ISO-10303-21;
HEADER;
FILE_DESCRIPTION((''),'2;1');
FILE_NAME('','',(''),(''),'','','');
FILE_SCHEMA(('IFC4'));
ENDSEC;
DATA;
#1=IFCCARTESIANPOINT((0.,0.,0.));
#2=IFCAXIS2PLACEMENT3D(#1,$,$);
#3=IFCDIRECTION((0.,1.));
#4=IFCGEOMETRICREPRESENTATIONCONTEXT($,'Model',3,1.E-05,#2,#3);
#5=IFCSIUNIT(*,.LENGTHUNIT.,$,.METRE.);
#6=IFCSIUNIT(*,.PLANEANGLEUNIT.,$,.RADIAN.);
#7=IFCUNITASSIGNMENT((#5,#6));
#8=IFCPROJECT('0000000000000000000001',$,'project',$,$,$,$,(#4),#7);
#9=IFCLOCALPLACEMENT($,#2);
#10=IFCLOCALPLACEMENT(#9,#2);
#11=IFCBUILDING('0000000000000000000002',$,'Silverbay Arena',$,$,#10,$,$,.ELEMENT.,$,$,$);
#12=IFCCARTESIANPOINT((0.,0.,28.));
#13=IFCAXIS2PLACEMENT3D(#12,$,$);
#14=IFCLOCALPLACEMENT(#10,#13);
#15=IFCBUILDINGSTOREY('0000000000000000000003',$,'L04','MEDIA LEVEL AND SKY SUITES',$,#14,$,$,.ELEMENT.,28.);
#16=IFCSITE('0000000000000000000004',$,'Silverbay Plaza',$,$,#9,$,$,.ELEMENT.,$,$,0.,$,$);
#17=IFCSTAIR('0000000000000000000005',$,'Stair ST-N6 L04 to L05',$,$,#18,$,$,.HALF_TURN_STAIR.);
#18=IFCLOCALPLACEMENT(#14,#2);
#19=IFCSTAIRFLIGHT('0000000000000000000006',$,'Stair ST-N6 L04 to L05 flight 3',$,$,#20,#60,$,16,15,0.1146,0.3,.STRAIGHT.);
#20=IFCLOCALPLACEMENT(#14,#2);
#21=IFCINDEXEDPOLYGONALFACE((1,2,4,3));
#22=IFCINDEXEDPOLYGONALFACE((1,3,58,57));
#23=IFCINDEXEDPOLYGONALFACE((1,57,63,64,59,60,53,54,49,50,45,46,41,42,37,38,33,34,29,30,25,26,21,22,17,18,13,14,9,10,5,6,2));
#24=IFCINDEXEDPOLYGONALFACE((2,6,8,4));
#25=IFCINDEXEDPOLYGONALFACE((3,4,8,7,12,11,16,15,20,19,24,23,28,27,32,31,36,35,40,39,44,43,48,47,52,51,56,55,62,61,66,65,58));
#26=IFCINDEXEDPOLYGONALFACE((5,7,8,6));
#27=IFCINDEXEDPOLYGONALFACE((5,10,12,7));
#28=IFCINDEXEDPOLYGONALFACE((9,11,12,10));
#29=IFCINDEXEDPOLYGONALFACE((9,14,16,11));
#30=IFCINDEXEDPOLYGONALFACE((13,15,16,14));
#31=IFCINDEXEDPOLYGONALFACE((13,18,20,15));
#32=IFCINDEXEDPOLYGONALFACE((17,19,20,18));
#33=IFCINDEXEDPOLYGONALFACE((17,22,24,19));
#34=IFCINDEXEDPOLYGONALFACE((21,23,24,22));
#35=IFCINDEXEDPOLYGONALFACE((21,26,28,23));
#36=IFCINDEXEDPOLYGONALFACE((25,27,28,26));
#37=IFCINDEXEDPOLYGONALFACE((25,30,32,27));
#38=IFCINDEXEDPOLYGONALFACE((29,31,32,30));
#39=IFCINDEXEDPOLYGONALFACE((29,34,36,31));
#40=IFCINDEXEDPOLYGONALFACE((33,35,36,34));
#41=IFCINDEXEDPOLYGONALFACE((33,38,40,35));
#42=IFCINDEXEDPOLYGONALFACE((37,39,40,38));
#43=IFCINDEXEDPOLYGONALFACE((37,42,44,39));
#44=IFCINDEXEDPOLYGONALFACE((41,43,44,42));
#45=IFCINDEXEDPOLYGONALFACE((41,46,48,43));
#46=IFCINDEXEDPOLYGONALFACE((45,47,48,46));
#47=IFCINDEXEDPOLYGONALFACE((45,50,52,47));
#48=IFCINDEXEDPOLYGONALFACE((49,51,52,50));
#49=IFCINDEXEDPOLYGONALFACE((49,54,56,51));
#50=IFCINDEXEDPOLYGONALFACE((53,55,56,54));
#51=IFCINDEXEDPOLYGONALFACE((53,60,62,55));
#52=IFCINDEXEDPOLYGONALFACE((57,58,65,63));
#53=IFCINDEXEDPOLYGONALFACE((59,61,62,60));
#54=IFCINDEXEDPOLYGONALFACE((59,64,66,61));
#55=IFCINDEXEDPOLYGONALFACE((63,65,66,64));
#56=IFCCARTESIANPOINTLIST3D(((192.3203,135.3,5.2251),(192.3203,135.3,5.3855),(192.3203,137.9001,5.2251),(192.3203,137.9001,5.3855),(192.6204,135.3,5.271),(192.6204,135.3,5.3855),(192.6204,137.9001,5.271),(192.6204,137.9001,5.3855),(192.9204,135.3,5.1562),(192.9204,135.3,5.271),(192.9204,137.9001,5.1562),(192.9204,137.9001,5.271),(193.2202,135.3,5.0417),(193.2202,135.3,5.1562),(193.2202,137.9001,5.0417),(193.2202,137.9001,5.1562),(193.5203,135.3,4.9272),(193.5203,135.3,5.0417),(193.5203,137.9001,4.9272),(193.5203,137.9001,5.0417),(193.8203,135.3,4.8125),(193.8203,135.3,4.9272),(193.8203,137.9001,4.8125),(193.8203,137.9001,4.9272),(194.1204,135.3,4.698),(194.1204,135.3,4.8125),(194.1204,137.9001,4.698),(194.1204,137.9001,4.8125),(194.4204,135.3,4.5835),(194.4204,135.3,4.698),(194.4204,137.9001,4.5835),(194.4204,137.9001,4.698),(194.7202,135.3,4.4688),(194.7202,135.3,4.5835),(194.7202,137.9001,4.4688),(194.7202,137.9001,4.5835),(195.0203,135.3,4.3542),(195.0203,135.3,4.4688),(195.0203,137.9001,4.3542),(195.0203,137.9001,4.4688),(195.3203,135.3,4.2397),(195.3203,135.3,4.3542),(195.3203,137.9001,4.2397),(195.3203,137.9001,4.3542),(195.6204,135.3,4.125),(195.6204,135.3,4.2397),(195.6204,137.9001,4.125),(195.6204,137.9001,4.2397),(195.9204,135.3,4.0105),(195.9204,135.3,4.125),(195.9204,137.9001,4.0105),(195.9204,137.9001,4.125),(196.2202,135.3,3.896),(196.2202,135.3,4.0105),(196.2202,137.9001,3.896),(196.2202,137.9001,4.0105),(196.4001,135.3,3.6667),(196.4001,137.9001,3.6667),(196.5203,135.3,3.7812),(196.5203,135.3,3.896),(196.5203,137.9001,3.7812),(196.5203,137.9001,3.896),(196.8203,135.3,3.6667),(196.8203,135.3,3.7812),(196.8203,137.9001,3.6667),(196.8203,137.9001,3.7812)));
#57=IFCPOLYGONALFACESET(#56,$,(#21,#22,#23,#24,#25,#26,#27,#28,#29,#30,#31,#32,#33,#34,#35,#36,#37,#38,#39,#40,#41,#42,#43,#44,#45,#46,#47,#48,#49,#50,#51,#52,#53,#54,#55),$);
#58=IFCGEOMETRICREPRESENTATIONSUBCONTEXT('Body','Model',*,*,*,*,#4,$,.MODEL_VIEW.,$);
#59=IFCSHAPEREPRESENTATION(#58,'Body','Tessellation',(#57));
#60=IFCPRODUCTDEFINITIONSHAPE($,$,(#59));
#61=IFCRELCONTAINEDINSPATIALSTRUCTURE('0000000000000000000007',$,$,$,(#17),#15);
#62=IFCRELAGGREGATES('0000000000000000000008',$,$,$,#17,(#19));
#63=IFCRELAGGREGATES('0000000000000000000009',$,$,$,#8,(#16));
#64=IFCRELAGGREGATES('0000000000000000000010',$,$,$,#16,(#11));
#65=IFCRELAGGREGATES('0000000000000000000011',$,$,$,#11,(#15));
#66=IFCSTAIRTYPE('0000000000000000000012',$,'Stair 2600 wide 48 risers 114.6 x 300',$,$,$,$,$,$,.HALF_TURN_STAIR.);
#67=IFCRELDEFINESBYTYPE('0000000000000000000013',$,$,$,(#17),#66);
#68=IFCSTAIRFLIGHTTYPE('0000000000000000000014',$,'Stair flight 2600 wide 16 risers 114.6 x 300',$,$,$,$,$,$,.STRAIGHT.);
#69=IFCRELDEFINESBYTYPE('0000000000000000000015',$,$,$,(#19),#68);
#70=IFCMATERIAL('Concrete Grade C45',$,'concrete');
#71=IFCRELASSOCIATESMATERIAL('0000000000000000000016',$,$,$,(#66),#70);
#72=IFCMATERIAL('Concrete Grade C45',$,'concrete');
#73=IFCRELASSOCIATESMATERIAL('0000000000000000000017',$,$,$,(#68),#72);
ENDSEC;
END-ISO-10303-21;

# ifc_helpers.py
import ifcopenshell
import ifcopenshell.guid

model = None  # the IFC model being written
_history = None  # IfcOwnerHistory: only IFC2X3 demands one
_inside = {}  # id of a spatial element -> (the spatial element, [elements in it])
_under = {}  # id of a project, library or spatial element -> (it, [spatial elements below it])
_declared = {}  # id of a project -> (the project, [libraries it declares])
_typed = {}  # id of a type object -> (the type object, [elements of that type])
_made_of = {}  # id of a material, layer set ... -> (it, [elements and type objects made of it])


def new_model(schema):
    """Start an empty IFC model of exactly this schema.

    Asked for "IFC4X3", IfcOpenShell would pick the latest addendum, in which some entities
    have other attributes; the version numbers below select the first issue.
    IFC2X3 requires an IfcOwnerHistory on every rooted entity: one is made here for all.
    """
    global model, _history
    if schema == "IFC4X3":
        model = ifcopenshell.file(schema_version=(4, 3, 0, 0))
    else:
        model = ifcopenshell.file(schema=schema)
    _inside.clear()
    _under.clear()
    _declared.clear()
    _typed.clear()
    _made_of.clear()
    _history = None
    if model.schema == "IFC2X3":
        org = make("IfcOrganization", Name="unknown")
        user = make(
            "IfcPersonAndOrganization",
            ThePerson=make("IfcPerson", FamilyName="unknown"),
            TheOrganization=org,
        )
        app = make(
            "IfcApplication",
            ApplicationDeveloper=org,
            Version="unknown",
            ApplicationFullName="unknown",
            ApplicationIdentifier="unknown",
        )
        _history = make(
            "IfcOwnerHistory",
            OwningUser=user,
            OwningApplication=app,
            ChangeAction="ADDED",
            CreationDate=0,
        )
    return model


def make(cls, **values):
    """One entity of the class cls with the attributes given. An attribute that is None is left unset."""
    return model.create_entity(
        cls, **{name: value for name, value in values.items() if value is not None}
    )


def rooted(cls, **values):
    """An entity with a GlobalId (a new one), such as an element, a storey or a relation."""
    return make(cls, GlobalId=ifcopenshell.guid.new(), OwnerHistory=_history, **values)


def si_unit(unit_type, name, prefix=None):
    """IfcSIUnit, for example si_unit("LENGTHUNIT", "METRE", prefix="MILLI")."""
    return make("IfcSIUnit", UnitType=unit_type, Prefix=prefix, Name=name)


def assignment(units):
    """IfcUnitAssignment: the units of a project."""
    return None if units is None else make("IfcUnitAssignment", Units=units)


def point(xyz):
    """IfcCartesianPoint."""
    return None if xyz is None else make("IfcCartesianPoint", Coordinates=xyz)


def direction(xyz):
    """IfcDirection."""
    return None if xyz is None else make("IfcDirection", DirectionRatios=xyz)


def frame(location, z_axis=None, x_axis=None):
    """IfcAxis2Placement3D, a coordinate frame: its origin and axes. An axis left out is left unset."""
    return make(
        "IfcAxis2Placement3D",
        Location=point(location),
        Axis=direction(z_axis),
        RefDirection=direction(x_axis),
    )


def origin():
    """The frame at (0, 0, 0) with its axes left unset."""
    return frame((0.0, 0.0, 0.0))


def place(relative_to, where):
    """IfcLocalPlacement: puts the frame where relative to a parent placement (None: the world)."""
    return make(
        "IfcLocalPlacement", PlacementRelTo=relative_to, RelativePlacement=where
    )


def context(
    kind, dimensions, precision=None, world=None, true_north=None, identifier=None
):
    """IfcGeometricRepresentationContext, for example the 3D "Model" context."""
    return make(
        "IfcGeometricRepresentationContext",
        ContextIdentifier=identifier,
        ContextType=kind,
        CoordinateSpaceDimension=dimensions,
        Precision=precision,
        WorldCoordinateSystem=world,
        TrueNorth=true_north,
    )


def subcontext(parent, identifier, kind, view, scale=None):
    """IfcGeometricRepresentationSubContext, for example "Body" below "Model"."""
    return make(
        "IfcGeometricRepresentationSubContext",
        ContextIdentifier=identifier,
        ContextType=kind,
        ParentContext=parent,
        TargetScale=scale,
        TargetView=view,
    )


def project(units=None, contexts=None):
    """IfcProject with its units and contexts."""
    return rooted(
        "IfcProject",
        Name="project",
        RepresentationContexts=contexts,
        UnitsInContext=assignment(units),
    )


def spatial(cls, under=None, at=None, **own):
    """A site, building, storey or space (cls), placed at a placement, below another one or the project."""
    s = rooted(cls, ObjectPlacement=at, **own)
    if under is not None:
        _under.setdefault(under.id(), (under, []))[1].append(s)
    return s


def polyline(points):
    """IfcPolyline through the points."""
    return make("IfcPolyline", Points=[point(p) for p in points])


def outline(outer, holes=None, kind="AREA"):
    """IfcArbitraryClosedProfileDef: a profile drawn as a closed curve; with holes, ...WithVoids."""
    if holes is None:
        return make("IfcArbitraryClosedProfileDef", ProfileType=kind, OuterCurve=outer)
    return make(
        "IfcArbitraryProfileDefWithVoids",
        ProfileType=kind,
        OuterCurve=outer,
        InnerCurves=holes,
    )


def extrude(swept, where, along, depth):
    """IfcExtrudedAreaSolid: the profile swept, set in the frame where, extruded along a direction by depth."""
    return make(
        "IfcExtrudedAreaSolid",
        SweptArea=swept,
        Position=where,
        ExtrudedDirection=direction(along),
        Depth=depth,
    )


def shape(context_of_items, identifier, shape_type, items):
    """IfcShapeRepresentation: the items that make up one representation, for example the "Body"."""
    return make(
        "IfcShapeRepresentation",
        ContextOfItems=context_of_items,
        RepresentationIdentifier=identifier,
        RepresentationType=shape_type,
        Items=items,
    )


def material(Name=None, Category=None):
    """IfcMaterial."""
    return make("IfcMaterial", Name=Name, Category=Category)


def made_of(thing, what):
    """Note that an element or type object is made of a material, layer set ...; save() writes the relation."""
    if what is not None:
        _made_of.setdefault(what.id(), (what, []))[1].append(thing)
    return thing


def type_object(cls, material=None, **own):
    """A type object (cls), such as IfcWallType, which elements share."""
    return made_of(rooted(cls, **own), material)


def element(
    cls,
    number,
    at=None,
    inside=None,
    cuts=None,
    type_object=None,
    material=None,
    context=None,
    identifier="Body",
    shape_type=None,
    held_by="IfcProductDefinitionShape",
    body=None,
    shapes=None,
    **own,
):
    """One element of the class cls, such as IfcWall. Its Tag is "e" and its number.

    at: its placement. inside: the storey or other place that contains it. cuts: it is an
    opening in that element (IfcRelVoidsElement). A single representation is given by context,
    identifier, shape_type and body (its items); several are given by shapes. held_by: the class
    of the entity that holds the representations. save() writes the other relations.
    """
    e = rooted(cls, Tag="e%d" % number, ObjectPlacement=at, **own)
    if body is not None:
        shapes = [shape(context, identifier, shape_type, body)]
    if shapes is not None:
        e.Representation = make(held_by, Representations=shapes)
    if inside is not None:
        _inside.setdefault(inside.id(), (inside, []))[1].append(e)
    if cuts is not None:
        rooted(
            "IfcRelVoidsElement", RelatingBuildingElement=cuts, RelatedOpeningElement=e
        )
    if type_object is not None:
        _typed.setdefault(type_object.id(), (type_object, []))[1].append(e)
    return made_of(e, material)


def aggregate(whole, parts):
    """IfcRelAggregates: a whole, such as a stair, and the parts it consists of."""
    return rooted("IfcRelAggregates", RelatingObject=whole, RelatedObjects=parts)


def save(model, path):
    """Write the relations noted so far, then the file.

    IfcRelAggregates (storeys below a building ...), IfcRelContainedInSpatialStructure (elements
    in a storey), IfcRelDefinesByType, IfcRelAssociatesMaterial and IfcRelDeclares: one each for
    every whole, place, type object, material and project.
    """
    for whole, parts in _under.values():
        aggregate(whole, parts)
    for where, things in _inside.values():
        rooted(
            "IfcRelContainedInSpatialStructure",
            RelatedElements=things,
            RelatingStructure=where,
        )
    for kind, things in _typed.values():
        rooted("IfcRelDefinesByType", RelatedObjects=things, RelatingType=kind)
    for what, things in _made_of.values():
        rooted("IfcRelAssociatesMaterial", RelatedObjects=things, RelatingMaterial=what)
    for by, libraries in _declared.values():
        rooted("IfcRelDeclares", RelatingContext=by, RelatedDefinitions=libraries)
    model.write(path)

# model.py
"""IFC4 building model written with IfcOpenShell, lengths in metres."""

from ifc_helpers import new_model, si_unit, direction, frame, origin, place, context, subcontext, project, spatial, polyline, outline, extrude, material, type_object, element, aggregate, save


model = new_model("IFC4")

# Units and contexts
model_context = context("Model", 3, precision=1e-05, world=origin(), true_north=direction((0.0, 1.0)))
body_context = subcontext(model_context, "Body", "Model", "MODEL_VIEW")
ifc_project = project(units=[si_unit("LENGTHUNIT", "METRE"), si_unit("PLANEANGLEUNIT", "RADIAN")], contexts=[model_context])

# Site, building, storey
site_placement = place(None, origin())
site = spatial("IfcSite", under=ifc_project, at=site_placement, Name="Silverbay Plaza", CompositionType="ELEMENT", RefElevation=0.0)
building_placement = place(site_placement, origin())
building = spatial("IfcBuilding", under=site, at=building_placement, Name="Silverbay Arena", CompositionType="ELEMENT")
storey_placement = place(building_placement, frame((0.0, 0.0, 28.0)))
storey = spatial("IfcBuildingStorey", under=building, at=storey_placement, Name="L04", Description="MEDIA LEVEL AND SKY SUITES", CompositionType="ELEMENT", Elevation=28.0)

# Stair, stair flight
ifc_material_1 = material(Name="Concrete Grade C45", Category="concrete")
stair_type = type_object("IfcStairType", Name="Stair 2600 wide 48 risers 114.6 x 300", PredefinedType="HALF_TURN_STAIR", material=ifc_material_1)
stair_placement = place(storey_placement, origin())
stair = element("IfcStair", 1, at=stair_placement, inside=storey, type_object=stair_type, Name="Stair ST-N6 L04 to L05", PredefinedType="HALF_TURN_STAIR")
ifc_material_2 = material(Name="Concrete Grade C45", Category="concrete")
stair_flight_type = type_object("IfcStairFlightType", Name="Stair flight 2600 wide 16 risers 114.6 x 300", PredefinedType="STRAIGHT", material=ifc_material_2)
stair_flight_1_placement = place(storey_placement, frame((196.8203, 136.6001, 3.6667), z_axis=(0.0, 0.0, 1.0), x_axis=(-1.0, 0.0, 0.0)))
stair_flight_1 = element("IfcStairFlight", 2, at=stair_flight_1_placement, type_object=stair_flight_type, Name="Stair ST-N6 L04 to L05 flight 3", NumberOfRisers=16, NumberOfTreads=15, PredefinedType="STRAIGHT", RiserHeight=0.1146, TreadLength=0.3, context=body_context, shape_type="SweptSolid", body=[
    extrude(outline(polyline([(0.0, 0.0), (0.0, 0.1145), (0.3, 0.1145), (0.3, 0.2292), (0.6001, 0.2292), (0.6001, 0.3438), (0.8999, 0.3438), (0.8999, 0.4583), (1.2, 0.4583), (1.2, 0.573), (1.5, 0.573), (1.5, 0.6875), (1.8, 0.6875), (1.8, 0.802), (2.1001, 0.802), (2.1001, 0.9167), (2.3999, 0.9167), (2.3999, 1.0312), (2.7, 1.0312), (2.7, 1.1458), (3.0, 1.1458), (3.0, 1.2605), (3.3, 1.2605), (3.3, 1.375), (3.6001, 1.375), (3.6001, 1.4895), (3.8999, 1.4895), (3.8999, 1.6042), (4.2, 1.6042), (4.2, 1.7188), (4.5, 1.7188), (4.5, 1.5583), (0.4202, 0.0), (0.0, 0.0)])), frame((0.0, 1.3, 0.0), z_axis=(0.0, -1.0, 0.0), x_axis=(1.0, 0.0, 0.0)), (0.0, 0.0, 1.0), 2.6001),
])
aggregate(stair, [stair_flight_1])

save(model, "model.ifc")
